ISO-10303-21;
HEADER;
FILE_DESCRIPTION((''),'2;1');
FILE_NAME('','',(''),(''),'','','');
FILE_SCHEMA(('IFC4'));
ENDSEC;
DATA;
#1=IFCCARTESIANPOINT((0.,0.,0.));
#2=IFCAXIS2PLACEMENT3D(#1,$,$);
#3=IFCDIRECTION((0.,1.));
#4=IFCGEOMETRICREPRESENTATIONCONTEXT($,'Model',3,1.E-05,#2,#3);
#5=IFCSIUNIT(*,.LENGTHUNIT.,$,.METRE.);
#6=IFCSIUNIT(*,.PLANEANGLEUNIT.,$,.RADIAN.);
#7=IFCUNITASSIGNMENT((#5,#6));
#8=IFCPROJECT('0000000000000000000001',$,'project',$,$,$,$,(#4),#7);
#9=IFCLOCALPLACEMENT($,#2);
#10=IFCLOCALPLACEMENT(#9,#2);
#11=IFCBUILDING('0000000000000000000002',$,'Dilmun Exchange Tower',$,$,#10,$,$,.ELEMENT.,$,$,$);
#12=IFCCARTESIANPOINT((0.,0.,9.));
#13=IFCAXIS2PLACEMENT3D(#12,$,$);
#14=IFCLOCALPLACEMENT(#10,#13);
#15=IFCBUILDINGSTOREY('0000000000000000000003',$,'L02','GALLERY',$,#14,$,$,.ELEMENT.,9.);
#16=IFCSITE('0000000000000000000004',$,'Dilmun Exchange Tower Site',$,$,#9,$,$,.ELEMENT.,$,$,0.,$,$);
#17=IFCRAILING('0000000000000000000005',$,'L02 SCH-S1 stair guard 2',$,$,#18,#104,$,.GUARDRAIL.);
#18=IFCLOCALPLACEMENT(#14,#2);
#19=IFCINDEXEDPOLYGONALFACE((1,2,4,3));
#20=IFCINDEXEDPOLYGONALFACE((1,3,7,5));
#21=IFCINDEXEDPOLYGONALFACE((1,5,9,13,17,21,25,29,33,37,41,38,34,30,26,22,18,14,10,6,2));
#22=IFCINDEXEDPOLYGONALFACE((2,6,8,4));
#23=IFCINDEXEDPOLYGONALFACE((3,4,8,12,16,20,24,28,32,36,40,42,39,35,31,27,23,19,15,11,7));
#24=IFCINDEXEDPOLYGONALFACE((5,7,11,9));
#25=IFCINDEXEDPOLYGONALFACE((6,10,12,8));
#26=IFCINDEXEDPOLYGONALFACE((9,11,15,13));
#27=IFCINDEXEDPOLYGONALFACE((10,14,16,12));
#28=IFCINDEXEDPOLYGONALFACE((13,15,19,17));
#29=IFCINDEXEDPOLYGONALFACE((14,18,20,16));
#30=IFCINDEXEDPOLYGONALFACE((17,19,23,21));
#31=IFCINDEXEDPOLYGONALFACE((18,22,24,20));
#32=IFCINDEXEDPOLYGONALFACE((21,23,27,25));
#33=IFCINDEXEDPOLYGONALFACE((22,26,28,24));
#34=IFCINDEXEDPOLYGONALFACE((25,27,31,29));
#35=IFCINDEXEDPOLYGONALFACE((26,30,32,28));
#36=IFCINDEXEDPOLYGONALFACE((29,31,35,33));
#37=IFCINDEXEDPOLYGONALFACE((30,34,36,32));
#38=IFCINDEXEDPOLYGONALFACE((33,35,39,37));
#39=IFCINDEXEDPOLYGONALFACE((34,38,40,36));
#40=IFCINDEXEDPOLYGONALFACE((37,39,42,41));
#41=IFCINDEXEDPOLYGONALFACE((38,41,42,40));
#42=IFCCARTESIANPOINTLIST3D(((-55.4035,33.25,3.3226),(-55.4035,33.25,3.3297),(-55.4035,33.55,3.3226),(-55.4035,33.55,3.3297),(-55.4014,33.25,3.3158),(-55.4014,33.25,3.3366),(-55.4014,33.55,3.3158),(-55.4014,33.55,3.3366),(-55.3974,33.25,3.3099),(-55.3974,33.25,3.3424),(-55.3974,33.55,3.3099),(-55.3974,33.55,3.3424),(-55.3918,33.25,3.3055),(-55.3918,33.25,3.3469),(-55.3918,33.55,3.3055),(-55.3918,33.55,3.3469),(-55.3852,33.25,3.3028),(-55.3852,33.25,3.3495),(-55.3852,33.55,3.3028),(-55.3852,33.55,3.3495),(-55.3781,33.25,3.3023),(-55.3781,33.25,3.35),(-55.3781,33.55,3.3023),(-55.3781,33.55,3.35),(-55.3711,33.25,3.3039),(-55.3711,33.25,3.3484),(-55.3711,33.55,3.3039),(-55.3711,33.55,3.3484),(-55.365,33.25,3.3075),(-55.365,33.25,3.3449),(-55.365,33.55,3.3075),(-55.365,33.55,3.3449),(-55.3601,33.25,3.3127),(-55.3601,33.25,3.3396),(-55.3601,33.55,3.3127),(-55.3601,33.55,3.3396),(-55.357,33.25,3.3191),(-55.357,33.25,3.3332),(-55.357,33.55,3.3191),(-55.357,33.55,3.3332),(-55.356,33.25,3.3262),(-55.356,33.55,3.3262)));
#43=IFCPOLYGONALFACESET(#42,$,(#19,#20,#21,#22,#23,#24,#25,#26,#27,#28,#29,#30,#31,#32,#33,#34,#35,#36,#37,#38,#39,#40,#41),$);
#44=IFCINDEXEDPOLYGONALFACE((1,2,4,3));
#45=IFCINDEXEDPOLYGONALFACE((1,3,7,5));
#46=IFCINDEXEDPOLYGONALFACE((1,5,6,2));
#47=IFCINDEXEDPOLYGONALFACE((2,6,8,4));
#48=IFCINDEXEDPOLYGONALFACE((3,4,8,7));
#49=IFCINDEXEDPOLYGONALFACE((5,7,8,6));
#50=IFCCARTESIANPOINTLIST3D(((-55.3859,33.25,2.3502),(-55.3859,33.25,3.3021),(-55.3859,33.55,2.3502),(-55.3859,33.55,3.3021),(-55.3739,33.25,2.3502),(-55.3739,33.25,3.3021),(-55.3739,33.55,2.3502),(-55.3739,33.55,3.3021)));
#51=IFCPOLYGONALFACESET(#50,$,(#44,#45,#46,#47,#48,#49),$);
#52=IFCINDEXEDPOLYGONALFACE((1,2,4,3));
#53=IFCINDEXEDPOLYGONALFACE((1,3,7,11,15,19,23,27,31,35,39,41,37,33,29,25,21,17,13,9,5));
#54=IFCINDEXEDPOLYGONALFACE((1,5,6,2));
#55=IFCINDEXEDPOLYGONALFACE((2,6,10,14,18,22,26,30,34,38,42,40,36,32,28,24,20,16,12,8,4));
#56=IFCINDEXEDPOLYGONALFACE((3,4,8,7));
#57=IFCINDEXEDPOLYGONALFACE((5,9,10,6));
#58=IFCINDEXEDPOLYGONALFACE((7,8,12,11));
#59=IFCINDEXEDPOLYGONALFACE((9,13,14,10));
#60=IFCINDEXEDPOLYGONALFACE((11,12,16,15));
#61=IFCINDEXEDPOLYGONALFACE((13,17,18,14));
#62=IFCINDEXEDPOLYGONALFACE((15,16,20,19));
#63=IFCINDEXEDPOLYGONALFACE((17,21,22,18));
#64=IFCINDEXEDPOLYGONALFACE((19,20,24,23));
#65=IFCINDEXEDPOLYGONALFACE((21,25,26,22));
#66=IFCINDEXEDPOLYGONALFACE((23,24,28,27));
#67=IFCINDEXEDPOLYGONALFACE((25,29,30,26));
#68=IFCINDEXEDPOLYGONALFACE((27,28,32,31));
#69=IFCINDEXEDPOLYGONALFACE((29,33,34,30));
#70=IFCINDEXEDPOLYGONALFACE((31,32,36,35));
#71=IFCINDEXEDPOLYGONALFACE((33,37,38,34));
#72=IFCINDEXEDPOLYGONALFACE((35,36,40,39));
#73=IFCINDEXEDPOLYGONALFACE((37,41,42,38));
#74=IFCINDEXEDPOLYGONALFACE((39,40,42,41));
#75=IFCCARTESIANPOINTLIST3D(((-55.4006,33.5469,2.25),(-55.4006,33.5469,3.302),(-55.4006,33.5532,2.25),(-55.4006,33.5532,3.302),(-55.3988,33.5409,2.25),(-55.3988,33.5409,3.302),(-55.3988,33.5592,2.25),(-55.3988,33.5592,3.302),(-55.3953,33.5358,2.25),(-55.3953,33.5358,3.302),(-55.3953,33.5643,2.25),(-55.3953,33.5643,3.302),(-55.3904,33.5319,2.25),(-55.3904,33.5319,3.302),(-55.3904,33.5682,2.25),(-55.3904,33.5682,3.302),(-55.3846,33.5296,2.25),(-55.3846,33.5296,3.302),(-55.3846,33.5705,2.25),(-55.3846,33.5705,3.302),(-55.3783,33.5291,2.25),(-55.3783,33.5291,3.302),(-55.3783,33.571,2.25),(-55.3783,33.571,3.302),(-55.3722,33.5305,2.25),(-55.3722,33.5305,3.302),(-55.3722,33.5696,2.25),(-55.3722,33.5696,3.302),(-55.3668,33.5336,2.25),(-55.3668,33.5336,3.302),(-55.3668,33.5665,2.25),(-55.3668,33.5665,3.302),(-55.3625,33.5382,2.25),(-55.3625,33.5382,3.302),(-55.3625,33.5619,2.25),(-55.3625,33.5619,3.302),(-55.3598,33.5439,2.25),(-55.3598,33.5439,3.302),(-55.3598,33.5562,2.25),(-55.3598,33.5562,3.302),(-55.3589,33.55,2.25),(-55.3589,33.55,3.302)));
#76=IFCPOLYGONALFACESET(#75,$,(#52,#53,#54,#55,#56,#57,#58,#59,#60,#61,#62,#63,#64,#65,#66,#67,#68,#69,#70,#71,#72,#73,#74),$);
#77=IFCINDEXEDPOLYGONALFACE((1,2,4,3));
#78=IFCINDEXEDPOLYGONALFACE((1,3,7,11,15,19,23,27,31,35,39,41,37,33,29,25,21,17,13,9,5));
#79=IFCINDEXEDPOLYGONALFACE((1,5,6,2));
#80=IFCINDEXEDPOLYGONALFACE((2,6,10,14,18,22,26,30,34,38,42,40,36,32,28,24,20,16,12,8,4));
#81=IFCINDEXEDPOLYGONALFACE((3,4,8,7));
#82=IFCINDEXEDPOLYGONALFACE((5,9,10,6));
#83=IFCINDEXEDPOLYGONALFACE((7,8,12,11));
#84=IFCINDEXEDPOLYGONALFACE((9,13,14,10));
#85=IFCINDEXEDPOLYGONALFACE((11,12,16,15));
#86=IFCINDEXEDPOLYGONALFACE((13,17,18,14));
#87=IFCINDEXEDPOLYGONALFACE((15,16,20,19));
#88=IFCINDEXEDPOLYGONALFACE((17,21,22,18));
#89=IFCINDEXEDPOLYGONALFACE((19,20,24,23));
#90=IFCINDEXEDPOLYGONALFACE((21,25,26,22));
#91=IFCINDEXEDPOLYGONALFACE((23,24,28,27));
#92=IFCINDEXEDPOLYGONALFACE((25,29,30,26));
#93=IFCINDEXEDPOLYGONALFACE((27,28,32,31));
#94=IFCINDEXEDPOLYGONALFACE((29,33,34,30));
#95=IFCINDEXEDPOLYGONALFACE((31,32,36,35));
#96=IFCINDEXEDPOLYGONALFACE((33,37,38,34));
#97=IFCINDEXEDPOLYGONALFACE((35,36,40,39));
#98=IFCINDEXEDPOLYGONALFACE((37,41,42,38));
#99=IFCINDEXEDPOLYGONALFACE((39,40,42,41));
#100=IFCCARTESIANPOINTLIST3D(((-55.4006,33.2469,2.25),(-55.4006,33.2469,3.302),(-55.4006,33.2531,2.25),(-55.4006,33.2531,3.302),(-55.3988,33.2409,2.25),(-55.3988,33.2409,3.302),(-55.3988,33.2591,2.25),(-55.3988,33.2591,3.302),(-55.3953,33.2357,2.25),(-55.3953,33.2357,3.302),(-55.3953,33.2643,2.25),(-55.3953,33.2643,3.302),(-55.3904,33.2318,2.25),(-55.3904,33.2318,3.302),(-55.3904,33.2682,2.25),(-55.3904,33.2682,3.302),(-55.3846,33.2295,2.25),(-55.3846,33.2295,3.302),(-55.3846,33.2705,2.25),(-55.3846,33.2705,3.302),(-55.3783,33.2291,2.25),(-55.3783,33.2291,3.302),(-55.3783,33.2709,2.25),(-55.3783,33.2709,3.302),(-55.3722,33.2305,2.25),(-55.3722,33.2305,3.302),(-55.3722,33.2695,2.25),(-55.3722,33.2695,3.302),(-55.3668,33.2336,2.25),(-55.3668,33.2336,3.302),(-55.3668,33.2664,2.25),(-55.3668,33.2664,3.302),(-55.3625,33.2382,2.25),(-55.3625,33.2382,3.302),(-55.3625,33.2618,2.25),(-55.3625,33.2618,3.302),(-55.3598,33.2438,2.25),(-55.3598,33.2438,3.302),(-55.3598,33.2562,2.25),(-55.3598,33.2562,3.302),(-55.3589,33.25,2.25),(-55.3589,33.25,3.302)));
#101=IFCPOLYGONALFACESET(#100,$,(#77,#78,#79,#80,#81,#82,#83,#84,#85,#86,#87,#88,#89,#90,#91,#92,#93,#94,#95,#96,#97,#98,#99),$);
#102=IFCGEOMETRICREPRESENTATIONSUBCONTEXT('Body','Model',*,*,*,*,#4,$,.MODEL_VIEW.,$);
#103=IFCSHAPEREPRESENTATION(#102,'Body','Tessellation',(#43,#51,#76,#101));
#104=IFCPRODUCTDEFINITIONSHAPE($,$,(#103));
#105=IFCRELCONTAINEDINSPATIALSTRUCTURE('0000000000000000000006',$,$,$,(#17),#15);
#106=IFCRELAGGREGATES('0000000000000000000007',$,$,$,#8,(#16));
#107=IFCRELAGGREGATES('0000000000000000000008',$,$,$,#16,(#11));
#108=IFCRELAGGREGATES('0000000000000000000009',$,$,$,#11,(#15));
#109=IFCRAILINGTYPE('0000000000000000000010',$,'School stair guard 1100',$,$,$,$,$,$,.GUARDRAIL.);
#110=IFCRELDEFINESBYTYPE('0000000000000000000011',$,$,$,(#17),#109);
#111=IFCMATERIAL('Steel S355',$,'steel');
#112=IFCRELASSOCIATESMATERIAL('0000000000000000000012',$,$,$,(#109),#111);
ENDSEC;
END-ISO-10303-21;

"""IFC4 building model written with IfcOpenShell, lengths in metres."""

from ifc_helpers import new_model, si_unit, direction, frame, origin, origin_2d, place, context, subcontext, project, spatial, rectangle, circle, extrude, material, type_object, element, save


model = new_model("IFC4")

# Units and contexts
model_context = context("Model", 3, precision=1e-05, world=origin(), true_north=direction((0.0, 1.0)))
body_context = subcontext(model_context, "Body", "Model", "MODEL_VIEW")
ifc_project = project(units=[si_unit("LENGTHUNIT", "METRE"), si_unit("PLANEANGLEUNIT", "RADIAN")], contexts=[model_context])

# Site, building, storey
site_placement = place(None, origin())
site = spatial("IfcSite", under=ifc_project, at=site_placement, Name="Dilmun Exchange Tower Site", CompositionType="ELEMENT", RefElevation=0.0)
building_placement = place(site_placement, origin())
building = spatial("IfcBuilding", under=site, at=building_placement, Name="Dilmun Exchange Tower", CompositionType="ELEMENT")
storey_placement = place(building_placement, frame((0.0, 0.0, 9.0)))
storey = spatial("IfcBuildingStorey", under=building, at=storey_placement, Name="L02", Description="GALLERY", CompositionType="ELEMENT", Elevation=9.0)

# Railing
ifc_material_1 = material(Name="Steel S355", Category="steel")
railing_type_1 = type_object("IfcRailingType", Name="School stair guard 1100", PredefinedType="GUARDRAIL", material=ifc_material_1)
railing_1_placement = place(storey_placement, frame((-55.3799, 33.55, 2.25)))
element("IfcRailing", 1, at=railing_1_placement, inside=storey, type_object=railing_type_1, Name="L02 SCH-S1 stair guard 2", PredefinedType="GUARDRAIL", context=body_context, shape_type="SweptSolid", body=[
    extrude(circle(Radius=0.0239, at=origin_2d()), frame((0.0, 0.0, 1.0762), z_axis=(0.0, -1.0, 0.0), x_axis=(1.0, 0.0, 0.0)), (0.0, 0.0, 1.0), 0.3),
    extrude(rectangle(XDim=0.012, YDim=0.9519, at=origin_2d()), frame((0.0, 0.0, 0.5762), z_axis=(0.0, -1.0, 0.0), x_axis=(1.0, 0.0, 0.0)), (0.0, 0.0, 1.0), 0.3),
    extrude(circle(Radius=0.021, at=origin_2d()), origin(), (0.0, 0.0, 1.0), 1.052),
    extrude(circle(Radius=0.021, at=origin_2d()), frame((0.0, -0.3, 0.0)), (0.0, 0.0, 1.0), 1.052),
])

save(model, "model.ifc")
